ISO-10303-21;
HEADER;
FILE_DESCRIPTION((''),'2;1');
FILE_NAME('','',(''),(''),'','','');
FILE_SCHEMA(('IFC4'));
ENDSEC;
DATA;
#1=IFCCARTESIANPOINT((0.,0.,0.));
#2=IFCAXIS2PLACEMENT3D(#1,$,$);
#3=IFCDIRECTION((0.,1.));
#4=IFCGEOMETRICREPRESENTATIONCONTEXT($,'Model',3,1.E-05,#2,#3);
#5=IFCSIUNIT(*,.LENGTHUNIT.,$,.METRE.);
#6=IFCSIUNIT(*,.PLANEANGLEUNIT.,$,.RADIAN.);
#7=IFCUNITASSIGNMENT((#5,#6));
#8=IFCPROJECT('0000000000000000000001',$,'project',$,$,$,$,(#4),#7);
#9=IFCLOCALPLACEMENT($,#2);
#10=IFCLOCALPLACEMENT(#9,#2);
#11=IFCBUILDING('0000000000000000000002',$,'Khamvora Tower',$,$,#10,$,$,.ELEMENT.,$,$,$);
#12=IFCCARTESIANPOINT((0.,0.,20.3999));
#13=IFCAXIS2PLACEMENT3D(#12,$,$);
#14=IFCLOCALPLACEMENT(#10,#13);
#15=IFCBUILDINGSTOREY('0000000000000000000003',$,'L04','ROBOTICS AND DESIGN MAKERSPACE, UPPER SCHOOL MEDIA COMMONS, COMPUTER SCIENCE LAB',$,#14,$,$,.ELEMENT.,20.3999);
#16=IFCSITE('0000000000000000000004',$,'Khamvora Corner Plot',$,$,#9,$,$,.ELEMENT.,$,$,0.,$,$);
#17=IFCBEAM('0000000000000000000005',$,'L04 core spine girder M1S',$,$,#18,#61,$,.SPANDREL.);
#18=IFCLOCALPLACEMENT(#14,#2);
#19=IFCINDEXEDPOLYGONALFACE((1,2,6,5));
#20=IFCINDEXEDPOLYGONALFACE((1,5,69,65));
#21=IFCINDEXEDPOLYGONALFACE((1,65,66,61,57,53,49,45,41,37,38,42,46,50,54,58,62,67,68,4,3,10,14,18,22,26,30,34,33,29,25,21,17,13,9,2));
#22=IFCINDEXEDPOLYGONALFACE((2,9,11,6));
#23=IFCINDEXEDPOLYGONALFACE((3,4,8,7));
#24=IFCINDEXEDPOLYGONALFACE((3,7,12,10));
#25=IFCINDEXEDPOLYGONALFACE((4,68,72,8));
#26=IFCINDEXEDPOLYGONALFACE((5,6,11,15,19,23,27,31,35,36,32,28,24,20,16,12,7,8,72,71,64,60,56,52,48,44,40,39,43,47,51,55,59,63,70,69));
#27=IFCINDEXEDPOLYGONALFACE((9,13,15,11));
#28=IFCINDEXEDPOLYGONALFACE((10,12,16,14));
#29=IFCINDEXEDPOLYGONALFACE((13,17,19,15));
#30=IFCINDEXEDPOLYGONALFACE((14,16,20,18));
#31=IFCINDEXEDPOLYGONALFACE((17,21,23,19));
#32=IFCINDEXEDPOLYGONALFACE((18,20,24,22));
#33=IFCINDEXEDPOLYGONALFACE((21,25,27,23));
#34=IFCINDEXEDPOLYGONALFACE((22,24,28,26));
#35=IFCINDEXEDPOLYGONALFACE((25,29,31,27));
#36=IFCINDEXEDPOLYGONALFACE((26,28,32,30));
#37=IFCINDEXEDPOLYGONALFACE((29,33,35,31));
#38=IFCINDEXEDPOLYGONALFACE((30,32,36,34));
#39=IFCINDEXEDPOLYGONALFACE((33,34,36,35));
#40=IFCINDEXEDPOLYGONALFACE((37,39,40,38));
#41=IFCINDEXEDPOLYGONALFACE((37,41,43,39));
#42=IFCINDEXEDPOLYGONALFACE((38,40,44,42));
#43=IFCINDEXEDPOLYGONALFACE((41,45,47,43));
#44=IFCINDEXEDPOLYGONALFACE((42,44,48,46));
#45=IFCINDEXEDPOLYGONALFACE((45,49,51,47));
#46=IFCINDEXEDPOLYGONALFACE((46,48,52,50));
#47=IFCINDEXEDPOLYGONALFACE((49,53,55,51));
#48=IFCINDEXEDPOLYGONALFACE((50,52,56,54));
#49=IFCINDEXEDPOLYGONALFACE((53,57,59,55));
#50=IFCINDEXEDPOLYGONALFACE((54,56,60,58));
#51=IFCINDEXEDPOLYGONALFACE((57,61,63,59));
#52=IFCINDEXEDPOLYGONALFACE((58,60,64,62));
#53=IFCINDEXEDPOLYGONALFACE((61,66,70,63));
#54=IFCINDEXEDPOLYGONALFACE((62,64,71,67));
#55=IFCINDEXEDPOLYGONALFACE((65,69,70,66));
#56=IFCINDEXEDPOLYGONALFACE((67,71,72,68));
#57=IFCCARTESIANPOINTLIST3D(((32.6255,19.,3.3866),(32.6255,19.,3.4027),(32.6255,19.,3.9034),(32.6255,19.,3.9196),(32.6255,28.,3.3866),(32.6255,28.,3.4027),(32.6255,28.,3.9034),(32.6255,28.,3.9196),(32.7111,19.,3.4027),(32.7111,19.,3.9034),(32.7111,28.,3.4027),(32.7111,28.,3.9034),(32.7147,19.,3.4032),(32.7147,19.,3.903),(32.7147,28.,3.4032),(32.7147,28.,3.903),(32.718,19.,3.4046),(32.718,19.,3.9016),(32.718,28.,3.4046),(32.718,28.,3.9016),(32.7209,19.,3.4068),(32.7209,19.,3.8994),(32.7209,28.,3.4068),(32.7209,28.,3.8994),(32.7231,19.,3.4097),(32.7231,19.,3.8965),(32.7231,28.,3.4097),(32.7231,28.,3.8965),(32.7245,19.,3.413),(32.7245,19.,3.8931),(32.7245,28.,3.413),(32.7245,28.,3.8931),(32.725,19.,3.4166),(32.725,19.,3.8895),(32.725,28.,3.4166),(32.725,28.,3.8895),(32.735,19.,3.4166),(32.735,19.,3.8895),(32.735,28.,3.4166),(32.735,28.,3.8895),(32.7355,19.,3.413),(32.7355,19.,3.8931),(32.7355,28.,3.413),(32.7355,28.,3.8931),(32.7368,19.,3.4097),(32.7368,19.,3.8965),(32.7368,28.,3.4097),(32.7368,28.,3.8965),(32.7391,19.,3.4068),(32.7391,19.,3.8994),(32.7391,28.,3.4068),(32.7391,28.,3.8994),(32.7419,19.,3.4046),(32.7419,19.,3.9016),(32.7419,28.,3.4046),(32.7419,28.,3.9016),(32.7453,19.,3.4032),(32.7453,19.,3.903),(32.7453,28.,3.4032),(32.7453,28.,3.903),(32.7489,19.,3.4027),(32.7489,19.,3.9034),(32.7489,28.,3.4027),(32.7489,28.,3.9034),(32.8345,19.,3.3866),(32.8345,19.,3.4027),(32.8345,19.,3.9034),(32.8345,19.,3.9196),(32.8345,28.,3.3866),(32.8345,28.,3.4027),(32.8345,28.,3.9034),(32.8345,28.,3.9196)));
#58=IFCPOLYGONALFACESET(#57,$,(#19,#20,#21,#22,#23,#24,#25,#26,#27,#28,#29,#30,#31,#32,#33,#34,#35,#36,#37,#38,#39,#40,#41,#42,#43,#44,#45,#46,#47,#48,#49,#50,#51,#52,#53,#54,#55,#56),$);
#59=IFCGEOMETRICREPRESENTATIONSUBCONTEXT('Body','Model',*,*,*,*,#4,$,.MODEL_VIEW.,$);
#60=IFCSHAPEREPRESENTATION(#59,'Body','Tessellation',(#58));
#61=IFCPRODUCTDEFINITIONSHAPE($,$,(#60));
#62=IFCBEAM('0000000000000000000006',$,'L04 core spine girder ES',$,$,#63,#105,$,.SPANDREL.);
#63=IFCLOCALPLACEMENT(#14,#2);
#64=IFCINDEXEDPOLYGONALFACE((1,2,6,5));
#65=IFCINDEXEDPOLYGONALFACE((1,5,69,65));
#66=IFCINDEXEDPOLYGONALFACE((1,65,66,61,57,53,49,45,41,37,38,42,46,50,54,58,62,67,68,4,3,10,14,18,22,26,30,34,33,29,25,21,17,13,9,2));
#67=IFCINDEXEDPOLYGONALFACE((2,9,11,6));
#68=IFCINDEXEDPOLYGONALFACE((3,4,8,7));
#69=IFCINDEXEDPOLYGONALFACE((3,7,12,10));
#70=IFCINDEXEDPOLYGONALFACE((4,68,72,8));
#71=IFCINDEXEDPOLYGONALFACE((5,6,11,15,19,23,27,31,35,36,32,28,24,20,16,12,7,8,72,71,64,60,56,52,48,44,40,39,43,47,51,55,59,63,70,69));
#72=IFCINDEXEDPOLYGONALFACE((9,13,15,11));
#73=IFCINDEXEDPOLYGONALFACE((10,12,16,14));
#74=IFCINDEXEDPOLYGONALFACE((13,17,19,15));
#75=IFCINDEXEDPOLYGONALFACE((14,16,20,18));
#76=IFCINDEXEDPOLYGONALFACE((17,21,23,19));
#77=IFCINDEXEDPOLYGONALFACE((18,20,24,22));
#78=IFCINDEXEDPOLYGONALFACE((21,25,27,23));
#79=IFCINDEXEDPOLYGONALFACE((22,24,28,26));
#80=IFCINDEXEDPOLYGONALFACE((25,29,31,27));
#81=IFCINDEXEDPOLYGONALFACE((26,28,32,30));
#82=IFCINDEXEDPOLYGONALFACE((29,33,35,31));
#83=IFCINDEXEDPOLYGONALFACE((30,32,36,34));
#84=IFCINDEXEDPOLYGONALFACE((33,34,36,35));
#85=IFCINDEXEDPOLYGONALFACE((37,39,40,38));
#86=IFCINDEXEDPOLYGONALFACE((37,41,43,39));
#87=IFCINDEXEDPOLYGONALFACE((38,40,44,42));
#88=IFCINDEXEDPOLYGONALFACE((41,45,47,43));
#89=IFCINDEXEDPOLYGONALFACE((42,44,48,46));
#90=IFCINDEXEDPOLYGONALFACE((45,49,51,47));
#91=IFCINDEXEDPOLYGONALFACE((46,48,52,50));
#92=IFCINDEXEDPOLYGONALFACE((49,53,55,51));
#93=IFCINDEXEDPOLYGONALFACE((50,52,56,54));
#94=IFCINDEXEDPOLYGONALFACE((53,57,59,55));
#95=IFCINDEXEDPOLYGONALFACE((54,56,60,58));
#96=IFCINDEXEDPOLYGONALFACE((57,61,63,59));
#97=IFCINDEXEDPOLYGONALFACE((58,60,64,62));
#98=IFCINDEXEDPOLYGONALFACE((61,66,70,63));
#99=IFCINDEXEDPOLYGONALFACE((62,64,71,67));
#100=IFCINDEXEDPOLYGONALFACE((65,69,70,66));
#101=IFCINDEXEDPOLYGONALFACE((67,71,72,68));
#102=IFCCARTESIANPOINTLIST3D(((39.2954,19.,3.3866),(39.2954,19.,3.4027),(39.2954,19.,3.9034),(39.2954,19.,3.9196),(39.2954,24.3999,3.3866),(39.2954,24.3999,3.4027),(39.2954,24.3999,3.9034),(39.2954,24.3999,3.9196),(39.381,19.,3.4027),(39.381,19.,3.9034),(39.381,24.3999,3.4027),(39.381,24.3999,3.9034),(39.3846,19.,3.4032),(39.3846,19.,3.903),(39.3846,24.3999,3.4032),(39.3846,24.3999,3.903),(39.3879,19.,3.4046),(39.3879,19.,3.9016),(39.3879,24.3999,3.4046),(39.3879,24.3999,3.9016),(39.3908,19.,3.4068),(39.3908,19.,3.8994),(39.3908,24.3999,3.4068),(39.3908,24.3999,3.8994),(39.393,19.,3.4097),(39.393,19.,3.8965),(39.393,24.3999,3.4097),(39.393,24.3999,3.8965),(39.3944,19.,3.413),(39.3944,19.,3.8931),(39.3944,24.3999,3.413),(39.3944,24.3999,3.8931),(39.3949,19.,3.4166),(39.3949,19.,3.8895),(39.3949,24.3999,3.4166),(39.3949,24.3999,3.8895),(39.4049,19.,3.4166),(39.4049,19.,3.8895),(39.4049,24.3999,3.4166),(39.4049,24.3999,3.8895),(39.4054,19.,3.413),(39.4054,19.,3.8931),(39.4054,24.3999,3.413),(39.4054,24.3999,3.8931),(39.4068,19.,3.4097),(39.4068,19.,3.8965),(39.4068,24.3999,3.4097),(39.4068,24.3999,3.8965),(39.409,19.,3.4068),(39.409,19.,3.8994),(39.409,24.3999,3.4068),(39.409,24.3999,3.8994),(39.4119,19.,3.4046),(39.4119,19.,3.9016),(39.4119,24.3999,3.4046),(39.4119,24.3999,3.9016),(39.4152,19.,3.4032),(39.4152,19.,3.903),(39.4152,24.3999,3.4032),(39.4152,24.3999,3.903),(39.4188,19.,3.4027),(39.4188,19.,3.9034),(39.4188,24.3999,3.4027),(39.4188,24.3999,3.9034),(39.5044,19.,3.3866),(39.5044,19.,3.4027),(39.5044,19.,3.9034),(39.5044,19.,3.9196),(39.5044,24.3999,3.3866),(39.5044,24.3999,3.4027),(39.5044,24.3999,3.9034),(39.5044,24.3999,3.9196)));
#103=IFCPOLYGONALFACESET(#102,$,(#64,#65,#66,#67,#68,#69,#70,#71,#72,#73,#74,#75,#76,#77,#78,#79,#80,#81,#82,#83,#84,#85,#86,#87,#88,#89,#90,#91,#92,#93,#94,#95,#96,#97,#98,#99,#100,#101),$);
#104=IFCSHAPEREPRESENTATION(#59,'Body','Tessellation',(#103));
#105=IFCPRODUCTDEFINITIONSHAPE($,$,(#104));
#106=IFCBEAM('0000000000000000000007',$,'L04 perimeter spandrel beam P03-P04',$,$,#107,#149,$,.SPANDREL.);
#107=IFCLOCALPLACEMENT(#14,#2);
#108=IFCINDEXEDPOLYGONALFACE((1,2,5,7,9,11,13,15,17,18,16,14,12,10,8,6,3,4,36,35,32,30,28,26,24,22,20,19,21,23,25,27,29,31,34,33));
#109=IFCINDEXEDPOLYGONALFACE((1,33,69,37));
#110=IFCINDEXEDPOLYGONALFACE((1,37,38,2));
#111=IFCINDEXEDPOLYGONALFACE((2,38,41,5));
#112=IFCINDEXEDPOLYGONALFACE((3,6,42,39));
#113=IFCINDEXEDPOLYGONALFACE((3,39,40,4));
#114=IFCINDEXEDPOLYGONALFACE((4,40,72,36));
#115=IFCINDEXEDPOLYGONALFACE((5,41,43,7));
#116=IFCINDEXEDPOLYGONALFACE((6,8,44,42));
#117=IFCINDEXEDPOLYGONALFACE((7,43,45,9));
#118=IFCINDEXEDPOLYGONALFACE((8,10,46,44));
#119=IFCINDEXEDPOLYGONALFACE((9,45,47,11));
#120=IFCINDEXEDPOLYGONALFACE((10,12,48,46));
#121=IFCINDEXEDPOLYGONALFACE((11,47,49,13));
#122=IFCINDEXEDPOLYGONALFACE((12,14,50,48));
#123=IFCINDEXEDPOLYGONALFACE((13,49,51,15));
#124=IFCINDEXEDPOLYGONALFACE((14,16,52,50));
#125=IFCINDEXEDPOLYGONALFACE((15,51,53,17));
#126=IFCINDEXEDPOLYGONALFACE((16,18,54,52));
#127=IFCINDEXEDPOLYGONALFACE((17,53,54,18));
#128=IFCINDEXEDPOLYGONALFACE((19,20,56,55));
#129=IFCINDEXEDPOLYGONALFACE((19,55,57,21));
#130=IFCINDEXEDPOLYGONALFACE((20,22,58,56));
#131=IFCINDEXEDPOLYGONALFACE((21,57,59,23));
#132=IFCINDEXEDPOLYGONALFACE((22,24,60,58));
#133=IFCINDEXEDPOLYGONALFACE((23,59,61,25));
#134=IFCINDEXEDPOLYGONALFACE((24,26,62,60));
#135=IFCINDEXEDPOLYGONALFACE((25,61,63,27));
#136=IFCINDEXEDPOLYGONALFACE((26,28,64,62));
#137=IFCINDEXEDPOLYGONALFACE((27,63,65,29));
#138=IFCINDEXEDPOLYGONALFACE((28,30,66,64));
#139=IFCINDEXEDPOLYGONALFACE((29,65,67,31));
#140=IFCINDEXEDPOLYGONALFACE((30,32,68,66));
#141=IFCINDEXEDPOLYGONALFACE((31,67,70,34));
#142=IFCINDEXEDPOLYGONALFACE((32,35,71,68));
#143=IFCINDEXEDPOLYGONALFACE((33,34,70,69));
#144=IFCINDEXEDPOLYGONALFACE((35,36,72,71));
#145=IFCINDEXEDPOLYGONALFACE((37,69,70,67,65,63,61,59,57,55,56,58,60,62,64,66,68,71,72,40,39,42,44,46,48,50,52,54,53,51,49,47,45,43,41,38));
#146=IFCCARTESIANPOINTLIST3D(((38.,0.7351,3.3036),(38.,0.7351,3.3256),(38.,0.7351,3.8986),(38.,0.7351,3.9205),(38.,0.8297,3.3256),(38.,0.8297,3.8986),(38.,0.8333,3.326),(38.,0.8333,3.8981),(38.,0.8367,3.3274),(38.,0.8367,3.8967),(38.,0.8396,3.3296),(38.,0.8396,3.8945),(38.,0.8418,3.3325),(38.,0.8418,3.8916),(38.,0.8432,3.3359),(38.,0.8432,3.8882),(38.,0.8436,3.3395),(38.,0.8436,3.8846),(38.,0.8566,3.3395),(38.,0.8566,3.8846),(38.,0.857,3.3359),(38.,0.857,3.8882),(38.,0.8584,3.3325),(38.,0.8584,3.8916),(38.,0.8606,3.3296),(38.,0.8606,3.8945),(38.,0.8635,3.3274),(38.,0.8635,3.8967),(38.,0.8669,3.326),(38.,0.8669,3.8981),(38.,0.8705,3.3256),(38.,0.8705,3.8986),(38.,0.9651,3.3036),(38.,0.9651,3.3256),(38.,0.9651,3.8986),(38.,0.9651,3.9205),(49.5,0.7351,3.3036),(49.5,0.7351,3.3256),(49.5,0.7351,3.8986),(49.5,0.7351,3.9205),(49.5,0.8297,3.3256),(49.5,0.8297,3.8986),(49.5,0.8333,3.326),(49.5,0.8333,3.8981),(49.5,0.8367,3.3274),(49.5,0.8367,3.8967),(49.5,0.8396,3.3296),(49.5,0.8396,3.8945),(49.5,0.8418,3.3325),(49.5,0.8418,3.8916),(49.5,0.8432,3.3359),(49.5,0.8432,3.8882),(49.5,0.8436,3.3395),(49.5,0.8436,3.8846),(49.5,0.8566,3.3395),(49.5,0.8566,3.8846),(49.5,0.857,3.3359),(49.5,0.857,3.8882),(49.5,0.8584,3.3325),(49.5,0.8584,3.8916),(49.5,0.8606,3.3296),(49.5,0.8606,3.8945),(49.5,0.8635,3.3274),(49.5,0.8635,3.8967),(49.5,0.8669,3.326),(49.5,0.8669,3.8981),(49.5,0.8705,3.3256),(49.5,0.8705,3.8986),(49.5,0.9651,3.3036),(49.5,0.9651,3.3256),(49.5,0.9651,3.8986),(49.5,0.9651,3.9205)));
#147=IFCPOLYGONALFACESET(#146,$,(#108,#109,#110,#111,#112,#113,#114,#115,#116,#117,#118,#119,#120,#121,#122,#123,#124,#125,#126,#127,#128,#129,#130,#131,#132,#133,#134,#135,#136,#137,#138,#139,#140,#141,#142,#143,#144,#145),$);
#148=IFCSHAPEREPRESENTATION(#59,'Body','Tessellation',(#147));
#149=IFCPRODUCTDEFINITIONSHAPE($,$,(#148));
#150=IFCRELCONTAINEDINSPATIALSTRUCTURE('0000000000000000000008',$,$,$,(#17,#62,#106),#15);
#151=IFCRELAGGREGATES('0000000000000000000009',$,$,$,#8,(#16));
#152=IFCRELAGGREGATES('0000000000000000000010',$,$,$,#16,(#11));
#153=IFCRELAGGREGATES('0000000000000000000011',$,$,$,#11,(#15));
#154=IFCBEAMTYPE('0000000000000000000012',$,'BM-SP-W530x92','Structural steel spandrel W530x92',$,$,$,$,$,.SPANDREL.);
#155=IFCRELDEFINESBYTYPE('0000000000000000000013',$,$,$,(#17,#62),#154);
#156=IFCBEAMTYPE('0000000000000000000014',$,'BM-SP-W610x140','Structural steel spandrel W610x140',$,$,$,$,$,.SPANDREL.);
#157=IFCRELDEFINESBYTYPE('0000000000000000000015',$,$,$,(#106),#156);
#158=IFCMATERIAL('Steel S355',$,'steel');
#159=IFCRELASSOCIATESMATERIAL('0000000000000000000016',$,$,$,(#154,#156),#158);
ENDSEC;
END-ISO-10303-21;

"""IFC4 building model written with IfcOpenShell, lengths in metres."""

from ifc_helpers import new_model, si_unit, direction, frame, origin, origin_2d, place, context, subcontext, project, spatial, i_section, extrude, material, material_profile, profile_set, type_object, element, save


model = new_model("IFC4")

# Units and contexts
model_context = context("Model", 3, precision=1e-05, world=origin(), true_north=direction((0.0, 1.0)))
body_context = subcontext(model_context, "Body", "Model", "MODEL_VIEW")
ifc_project = project(units=[si_unit("LENGTHUNIT", "METRE"), si_unit("PLANEANGLEUNIT", "RADIAN")], contexts=[model_context])

# Site, building, storey
site_placement = place(None, origin())
site = spatial("IfcSite", under=ifc_project, at=site_placement, Name="Khamvora Corner Plot", CompositionType="ELEMENT", RefElevation=0.0)
building_placement = place(site_placement, origin())
building = spatial("IfcBuilding", under=site, at=building_placement, Name="Khamvora Tower", CompositionType="ELEMENT")
storey_placement = place(building_placement, frame((0.0, 0.0, 20.3999)))
storey = spatial("IfcBuildingStorey", under=building, at=storey_placement, Name="L04", Description="ROBOTICS AND DESIGN MAKERSPACE, UPPER SCHOOL MEDIA COMMONS, COMPUTER SCIENCE LAB", CompositionType="ELEMENT", Elevation=20.3999)

# Beams
ifc_material_1 = material(Name="Steel S355", Category="steel")
ifc_material_profile_1 = material_profile(ifc_material_1, i_section(OverallWidth=0.209, OverallDepth=0.533, WebThickness=0.01, FlangeThickness=0.0161, FilletRadius=0.0139, at=origin_2d()), Name="W530x92")
ifc_profile_set_1 = profile_set([ifc_material_profile_1], Name="Steel S355")
beam_type_1 = type_object("IfcBeamType", Name="BM-SP-W530x92", Description="Structural steel spandrel W530x92", PredefinedType="SPANDREL", material=ifc_profile_set_1)
beam_1_placement = place(storey_placement, frame((32.73, 19.0, 3.6531), z_axis=(0.0, 1.0, 0.0), x_axis=(-1.0, 0.0, 0.0)))
element("IfcBeam", 1, at=beam_1_placement, inside=storey, type_object=beam_type_1, Name="L04 core spine girder M1S", PredefinedType="SPANDREL", context=body_context, shape_type="SweptSolid", body=[
    extrude(i_section(OverallWidth=0.209, OverallDepth=0.533, WebThickness=0.01, FlangeThickness=0.0161, FilletRadius=0.0139, at=origin_2d()), origin(), (0.0, 0.0, 1.0), 9.0),
])
beam_2_placement = place(storey_placement, frame((39.3999, 19.0, 3.6531), z_axis=(0.0, 1.0, 0.0), x_axis=(-1.0, 0.0, 0.0)))
element("IfcBeam", 2, at=beam_2_placement, inside=storey, type_object=beam_type_1, Name="L04 core spine girder ES", PredefinedType="SPANDREL", context=body_context, shape_type="SweptSolid", body=[
    extrude(i_section(OverallWidth=0.209, OverallDepth=0.533, WebThickness=0.01, FlangeThickness=0.0161, FilletRadius=0.0139, at=origin_2d()), origin(), (0.0, 0.0, 1.0), 5.3999),
])
ifc_material_profile_2 = material_profile(ifc_material_1, i_section(OverallWidth=0.23, OverallDepth=0.6169, WebThickness=0.0129, FlangeThickness=0.022, FilletRadius=0.0139, at=origin_2d()), Name="W610x140")
ifc_profile_set_2 = profile_set([ifc_material_profile_2], Name="Steel S355")
beam_type_2 = type_object("IfcBeamType", Name="BM-SP-W610x140", Description="Structural steel spandrel W610x140", PredefinedType="SPANDREL", material=ifc_profile_set_2)
beam_3_placement = place(storey_placement, frame((38.0, 0.8501, 3.6121), z_axis=(1.0, 0.0, 0.0), x_axis=(0.0, 1.0, 0.0)))
element("IfcBeam", 3, at=beam_3_placement, inside=storey, type_object=beam_type_2, Name="L04 perimeter spandrel beam P03-P04", PredefinedType="SPANDREL", context=body_context, shape_type="SweptSolid", body=[
    extrude(i_section(OverallWidth=0.23, OverallDepth=0.6169, WebThickness=0.0129, FlangeThickness=0.022, FilletRadius=0.0139, at=origin_2d()), origin(), (0.0, 0.0, 1.0), 11.5),
])

save(model, "model.ifc")
